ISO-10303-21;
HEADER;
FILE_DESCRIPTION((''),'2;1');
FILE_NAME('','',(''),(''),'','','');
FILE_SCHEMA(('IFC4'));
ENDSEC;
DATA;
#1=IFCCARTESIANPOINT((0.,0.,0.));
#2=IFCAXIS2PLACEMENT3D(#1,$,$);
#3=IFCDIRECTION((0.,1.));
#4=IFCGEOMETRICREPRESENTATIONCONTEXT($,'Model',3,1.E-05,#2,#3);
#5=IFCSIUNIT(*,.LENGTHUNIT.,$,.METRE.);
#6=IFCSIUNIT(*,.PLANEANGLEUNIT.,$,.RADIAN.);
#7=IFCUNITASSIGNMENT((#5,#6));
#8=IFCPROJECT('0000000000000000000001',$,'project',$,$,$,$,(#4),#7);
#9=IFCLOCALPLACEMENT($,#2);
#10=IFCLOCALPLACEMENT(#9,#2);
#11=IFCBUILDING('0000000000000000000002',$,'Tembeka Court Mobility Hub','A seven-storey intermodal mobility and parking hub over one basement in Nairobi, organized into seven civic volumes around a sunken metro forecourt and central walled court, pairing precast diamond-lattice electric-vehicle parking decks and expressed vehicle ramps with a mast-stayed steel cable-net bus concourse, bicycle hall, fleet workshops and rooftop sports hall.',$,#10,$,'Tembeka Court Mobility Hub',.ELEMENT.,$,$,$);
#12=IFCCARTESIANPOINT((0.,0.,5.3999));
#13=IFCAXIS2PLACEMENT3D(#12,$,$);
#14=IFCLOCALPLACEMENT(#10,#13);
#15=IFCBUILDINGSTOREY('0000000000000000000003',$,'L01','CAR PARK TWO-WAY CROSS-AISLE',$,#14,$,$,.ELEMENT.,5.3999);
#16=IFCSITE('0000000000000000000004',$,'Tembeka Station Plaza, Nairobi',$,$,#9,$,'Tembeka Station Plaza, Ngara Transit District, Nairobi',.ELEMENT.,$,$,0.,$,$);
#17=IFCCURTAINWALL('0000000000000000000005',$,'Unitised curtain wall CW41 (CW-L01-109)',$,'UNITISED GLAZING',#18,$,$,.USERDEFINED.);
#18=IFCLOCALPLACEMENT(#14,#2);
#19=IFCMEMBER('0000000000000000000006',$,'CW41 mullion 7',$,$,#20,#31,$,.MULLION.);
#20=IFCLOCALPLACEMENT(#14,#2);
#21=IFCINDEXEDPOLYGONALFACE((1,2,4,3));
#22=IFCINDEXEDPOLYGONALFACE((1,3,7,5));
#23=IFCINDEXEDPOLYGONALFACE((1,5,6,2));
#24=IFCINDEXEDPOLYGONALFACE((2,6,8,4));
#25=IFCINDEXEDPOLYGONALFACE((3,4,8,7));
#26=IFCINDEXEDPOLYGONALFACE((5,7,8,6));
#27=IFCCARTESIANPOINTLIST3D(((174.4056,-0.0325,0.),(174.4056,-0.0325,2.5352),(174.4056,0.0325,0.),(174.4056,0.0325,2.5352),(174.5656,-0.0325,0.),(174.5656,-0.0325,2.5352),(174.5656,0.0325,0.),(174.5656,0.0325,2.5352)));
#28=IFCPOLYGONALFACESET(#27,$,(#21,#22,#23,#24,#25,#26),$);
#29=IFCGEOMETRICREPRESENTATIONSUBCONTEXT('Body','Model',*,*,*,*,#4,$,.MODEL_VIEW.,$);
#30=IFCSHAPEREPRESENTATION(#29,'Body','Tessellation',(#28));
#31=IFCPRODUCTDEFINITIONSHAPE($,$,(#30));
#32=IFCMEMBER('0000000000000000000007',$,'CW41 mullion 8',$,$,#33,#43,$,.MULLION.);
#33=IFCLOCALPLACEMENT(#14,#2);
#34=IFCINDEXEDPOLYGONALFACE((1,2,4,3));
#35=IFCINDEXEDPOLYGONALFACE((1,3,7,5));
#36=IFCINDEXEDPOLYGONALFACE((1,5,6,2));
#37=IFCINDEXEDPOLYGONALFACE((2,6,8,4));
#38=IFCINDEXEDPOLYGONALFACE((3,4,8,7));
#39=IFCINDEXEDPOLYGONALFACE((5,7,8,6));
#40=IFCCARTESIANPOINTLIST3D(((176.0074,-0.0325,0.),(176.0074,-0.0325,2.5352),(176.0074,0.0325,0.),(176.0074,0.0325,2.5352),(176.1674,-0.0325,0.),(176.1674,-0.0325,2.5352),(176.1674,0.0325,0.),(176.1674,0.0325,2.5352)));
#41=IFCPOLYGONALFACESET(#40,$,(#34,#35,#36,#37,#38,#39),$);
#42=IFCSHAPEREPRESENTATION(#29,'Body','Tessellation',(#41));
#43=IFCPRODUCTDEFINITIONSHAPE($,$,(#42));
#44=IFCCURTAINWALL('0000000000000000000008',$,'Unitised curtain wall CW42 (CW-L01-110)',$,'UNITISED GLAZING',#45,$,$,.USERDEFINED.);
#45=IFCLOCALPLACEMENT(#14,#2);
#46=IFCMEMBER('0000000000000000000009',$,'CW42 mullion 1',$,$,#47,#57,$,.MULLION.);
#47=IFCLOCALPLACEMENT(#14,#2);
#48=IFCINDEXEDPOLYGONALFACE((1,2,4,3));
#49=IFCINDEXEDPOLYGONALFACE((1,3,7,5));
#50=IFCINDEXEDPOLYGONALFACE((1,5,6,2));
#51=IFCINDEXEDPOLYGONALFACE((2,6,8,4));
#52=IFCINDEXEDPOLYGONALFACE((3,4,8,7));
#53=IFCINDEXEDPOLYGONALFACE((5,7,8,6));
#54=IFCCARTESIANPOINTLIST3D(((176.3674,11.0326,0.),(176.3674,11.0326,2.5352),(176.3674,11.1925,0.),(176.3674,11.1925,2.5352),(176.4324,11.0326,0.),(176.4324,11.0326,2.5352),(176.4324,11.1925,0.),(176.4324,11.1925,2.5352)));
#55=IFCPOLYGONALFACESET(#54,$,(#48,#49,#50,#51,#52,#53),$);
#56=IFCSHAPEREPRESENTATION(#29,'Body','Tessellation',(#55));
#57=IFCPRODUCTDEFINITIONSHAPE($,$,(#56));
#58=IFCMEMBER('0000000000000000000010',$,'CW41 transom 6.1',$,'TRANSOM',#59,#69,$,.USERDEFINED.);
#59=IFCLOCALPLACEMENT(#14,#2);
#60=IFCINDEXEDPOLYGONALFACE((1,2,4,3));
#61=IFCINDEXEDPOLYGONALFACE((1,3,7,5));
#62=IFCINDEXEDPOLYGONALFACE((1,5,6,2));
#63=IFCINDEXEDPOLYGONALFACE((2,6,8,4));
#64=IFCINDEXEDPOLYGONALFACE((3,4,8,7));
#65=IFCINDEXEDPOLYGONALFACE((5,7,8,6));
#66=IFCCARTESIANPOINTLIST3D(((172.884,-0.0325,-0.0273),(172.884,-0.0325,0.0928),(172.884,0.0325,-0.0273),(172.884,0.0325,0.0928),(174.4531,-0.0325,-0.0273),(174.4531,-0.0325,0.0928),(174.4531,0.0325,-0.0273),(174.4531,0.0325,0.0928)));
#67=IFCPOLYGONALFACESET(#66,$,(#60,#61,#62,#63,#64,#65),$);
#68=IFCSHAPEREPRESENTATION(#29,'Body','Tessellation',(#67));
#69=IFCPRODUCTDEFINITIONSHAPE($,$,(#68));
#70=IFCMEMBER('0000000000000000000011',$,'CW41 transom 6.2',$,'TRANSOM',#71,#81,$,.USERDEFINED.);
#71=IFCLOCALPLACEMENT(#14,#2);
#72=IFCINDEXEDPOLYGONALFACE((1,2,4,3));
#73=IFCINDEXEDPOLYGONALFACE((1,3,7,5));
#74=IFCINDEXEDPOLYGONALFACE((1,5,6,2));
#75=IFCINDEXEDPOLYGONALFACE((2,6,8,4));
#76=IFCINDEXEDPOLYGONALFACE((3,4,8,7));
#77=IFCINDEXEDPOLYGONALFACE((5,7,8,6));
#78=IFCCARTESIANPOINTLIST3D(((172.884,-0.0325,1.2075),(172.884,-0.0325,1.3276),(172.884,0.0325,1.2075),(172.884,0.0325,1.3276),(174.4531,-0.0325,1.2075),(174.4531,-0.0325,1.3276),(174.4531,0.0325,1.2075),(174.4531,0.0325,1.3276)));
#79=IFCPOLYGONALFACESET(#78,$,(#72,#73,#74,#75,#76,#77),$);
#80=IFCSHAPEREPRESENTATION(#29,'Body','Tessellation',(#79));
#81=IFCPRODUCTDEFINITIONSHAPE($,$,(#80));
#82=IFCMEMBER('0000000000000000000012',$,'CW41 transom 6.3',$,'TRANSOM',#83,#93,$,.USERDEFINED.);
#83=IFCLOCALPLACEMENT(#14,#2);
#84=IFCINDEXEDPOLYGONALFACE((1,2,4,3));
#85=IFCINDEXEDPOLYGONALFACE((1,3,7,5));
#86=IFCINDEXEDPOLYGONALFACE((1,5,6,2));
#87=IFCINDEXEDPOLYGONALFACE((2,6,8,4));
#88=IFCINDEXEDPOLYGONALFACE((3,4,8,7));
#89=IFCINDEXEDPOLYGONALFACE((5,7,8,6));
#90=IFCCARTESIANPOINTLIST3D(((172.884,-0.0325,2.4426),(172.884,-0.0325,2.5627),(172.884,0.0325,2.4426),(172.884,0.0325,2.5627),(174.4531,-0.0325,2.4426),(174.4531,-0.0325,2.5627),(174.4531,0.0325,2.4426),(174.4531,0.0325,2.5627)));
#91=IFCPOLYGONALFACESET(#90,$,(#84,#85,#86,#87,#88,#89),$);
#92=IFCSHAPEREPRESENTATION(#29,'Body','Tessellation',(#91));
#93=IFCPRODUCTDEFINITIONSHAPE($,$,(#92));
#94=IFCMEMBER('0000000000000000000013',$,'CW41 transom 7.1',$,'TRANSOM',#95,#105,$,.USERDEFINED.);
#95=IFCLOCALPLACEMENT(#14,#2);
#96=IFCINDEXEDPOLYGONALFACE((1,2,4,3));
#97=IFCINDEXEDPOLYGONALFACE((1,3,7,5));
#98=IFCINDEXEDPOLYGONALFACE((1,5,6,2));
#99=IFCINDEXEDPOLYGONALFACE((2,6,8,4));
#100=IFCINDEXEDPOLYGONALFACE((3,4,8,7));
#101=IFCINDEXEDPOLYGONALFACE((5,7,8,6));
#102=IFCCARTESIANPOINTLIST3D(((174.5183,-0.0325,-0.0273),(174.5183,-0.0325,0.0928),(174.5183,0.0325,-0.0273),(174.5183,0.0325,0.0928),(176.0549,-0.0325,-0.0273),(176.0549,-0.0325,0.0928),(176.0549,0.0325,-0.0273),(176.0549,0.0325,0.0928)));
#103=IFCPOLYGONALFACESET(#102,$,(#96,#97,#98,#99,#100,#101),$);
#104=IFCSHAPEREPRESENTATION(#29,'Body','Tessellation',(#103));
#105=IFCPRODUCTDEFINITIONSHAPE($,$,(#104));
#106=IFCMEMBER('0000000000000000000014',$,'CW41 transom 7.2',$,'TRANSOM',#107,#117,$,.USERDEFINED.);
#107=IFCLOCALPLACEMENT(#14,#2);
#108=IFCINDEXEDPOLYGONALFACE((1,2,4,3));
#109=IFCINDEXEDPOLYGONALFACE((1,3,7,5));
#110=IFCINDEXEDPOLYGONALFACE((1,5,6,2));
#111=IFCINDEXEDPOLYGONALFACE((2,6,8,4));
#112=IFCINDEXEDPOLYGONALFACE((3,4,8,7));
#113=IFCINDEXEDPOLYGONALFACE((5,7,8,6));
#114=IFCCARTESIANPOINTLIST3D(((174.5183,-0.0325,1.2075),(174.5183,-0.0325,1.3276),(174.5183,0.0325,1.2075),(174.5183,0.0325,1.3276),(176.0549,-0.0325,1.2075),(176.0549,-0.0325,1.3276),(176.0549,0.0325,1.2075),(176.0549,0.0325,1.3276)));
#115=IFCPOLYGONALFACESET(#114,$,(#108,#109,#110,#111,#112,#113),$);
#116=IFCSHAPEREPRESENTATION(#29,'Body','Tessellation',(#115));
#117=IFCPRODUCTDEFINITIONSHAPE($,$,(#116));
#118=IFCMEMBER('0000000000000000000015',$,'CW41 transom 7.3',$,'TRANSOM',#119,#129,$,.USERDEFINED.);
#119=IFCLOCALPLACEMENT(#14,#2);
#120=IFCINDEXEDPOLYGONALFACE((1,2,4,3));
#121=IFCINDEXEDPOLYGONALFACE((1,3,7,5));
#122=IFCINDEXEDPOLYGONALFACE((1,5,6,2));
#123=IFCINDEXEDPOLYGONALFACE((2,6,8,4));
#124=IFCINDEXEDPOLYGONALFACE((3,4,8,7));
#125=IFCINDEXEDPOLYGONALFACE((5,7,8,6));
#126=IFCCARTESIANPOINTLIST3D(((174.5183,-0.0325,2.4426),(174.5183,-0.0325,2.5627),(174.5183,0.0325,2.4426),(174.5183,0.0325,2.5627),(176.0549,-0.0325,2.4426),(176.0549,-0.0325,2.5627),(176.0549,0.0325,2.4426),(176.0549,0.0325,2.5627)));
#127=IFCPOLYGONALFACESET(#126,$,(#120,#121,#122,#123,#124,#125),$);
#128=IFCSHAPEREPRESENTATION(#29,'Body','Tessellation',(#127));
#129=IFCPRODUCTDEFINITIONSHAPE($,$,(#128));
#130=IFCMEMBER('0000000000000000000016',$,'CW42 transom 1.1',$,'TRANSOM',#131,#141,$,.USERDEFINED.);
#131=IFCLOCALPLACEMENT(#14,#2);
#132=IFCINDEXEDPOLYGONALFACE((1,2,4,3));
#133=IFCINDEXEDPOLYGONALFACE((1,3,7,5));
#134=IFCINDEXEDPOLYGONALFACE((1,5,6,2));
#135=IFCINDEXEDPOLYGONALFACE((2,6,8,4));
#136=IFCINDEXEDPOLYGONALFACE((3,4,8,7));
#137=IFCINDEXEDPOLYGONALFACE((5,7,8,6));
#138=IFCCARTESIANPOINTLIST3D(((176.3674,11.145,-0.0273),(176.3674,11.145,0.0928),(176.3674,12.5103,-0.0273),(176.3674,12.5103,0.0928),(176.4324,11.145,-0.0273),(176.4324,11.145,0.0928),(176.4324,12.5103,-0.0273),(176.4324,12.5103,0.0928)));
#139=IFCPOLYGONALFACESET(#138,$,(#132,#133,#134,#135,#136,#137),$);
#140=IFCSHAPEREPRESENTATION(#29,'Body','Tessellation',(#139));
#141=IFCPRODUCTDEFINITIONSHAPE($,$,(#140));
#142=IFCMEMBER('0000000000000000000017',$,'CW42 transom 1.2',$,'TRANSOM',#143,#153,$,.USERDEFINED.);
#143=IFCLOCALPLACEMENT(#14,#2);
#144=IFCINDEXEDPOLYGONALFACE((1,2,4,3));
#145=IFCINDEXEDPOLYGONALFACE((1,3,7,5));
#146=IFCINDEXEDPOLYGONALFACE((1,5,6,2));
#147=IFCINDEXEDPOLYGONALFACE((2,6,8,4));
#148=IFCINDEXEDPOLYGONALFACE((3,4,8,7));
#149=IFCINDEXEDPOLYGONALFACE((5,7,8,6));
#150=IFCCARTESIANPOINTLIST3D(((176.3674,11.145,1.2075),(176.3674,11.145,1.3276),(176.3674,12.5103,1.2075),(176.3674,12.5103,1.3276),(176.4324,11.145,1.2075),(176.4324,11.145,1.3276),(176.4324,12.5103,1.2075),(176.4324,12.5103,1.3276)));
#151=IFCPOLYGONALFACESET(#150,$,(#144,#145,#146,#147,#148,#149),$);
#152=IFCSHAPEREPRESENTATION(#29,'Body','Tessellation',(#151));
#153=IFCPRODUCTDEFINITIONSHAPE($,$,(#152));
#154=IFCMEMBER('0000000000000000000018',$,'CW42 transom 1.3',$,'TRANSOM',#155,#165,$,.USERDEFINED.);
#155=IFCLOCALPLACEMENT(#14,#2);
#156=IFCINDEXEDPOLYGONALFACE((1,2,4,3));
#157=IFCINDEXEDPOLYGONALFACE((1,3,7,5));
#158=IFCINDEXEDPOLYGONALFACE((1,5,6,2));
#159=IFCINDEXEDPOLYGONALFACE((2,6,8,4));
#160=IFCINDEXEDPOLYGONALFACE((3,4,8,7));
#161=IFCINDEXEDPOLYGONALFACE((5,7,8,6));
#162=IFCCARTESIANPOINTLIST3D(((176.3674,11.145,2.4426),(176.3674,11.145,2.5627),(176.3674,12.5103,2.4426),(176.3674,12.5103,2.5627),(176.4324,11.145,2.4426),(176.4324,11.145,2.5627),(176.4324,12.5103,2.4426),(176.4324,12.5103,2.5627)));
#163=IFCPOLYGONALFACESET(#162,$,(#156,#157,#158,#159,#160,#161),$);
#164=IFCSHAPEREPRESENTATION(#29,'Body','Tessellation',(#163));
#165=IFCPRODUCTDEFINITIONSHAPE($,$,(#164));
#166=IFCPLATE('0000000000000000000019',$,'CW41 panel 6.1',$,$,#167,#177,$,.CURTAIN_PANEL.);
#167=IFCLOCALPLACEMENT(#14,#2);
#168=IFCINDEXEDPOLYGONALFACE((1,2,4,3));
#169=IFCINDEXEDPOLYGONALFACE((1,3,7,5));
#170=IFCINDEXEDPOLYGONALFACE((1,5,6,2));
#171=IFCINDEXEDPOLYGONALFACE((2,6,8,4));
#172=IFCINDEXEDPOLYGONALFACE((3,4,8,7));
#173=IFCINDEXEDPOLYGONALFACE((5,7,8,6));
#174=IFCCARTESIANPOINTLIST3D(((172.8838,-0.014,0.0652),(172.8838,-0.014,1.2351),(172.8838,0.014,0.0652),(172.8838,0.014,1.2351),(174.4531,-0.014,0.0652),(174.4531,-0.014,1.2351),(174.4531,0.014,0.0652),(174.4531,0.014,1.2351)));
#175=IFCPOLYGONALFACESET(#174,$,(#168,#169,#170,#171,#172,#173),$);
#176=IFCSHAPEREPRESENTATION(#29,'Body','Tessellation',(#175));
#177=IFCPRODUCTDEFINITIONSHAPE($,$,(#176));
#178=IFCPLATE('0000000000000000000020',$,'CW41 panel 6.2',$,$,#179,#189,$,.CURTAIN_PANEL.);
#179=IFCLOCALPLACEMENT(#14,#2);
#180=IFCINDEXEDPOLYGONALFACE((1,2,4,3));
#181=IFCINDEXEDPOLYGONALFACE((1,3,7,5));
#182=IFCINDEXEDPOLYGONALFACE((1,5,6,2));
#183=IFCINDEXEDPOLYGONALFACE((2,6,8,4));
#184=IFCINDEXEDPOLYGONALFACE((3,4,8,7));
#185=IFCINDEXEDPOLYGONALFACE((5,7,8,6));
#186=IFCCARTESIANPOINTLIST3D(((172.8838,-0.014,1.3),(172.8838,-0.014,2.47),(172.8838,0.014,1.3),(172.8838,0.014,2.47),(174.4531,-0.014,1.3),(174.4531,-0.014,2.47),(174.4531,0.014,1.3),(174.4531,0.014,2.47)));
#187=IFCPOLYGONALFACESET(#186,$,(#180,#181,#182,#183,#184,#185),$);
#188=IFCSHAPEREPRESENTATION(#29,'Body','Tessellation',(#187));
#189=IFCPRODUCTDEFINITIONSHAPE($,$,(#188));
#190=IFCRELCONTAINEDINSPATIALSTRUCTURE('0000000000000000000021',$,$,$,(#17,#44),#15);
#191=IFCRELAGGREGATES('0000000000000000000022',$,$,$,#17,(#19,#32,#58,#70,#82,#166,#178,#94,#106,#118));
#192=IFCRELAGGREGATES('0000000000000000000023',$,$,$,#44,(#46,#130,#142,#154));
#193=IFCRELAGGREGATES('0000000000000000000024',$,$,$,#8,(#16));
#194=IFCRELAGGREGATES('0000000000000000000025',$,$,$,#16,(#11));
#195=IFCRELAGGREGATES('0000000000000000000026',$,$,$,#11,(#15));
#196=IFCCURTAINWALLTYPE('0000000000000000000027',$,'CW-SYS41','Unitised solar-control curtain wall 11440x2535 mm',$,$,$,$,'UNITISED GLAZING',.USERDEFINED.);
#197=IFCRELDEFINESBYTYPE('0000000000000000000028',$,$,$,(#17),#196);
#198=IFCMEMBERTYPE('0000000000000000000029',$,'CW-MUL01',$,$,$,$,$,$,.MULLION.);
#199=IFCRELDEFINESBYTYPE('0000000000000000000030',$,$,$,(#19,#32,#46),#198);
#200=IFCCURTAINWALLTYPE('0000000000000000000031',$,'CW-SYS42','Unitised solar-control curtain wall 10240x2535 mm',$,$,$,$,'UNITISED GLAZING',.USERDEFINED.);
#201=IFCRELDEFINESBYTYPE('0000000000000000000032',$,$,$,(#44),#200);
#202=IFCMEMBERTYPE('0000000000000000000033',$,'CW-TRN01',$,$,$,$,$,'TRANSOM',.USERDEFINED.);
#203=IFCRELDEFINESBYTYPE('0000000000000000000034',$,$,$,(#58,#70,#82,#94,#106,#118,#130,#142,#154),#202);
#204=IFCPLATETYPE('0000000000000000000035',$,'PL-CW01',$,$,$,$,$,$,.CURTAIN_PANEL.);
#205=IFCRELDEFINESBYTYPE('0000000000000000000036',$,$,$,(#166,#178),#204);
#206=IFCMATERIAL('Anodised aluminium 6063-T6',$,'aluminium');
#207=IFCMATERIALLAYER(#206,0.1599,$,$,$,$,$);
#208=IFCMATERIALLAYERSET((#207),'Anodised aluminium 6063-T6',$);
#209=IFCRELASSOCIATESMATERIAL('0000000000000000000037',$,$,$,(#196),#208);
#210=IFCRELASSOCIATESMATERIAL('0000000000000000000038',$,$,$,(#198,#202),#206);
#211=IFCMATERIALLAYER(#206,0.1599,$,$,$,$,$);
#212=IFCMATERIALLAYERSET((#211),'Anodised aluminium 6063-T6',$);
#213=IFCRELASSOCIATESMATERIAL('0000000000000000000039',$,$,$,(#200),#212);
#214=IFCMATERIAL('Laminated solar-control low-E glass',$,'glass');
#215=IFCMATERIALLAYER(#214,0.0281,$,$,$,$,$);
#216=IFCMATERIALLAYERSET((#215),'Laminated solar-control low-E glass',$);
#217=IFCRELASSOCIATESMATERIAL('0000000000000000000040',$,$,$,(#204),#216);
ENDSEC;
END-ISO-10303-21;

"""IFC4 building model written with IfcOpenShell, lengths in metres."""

from ifc_helpers import new_model, si_unit, direction, frame, origin, origin_2d, place, context, subcontext, project, spatial, rectangle, extrude, material, layer, layer_set, material_profile, profile_set, type_object, element, aggregate, save


model = new_model("IFC4")

# Units and contexts
model_context = context("Model", 3, precision=1e-05, world=origin(), true_north=direction((0.0, 1.0)))
body_context = subcontext(model_context, "Body", "Model", "MODEL_VIEW")
ifc_project = project(units=[si_unit("LENGTHUNIT", "METRE"), si_unit("PLANEANGLEUNIT", "RADIAN")], contexts=[model_context])

# Site, building, storey
site_placement = place(None, origin())
site = spatial("IfcSite", under=ifc_project, at=site_placement, Name="Tembeka Station Plaza, Nairobi", LongName="Tembeka Station Plaza, Ngara Transit District, Nairobi", CompositionType="ELEMENT", RefElevation=0.0)
building_placement = place(site_placement, origin())
building = spatial("IfcBuilding", under=site, at=building_placement, Name="Tembeka Court Mobility Hub", Description="A seven-storey intermodal mobility and parking hub over one basement in Nairobi, organized into seven civic volumes around a sunken metro forecourt and central walled court, pairing precast diamond-lattice electric-vehicle parking decks and expressed vehicle ramps with a mast-stayed steel cable-net bus concourse, bicycle hall, fleet workshops and rooftop sports hall.", LongName="Tembeka Court Mobility Hub", CompositionType="ELEMENT")
storey_placement = place(building_placement, frame((0.0, 0.0, 5.3999)))
storey = spatial("IfcBuildingStorey", under=building, at=storey_placement, Name="L01", Description="CAR PARK TWO-WAY CROSS-AISLE", CompositionType="ELEMENT", Elevation=5.3999)

# Curtain wall, members
ifc_material_1 = material(Name="Anodised aluminium 6063-T6", Category="aluminium")
ifc_layer_1 = layer(ifc_material_1, 0.1599)
ifc_layer_set_1 = layer_set([ifc_layer_1], Name="Anodised aluminium 6063-T6")
curtain_wall_type_1 = type_object("IfcCurtainWallType", Name="CW-SYS41", Description="Unitised solar-control curtain wall 11440x2535 mm", ElementType="UNITISED GLAZING", PredefinedType="USERDEFINED", material=ifc_layer_set_1)
curtain_wall_1_placement = place(storey_placement, origin())
curtain_wall_1 = element("IfcCurtainWall", 1, at=curtain_wall_1_placement, inside=storey, type_object=curtain_wall_type_1, Name="Unitised curtain wall CW41 (CW-L01-109)", ObjectType="UNITISED GLAZING", PredefinedType="USERDEFINED")
ifc_material_profile_1 = material_profile(ifc_material_1, rectangle(XDim=0.0649, YDim=0.1599, at=origin_2d()), Name="ALU-MUL 65x160")
ifc_profile_set_1 = profile_set([ifc_material_profile_1], Name="Anodised aluminium 6063-T6")
member_type_1 = type_object("IfcMemberType", Name="CW-MUL01", PredefinedType="MULLION", material=ifc_profile_set_1)
member_1_placement = place(storey_placement, frame((174.4856, 0.0, 0.0), z_axis=(0.0, 0.0, 1.0), x_axis=(0.0, 1.0, 0.0)))
member_1 = element("IfcMember", 2, at=member_1_placement, type_object=member_type_1, Name="CW41 mullion 7", PredefinedType="MULLION", context=body_context, shape_type="SweptSolid", body=[
    extrude(rectangle(XDim=0.0649, YDim=0.1599, at=origin_2d()), origin(), (0.0, 0.0, 1.0), 2.5352),
])
member_2_placement = place(storey_placement, frame((176.0874, 0.0, 0.0), z_axis=(0.0, 0.0, 1.0), x_axis=(0.0, 1.0, 0.0)))
member_2 = element("IfcMember", 3, at=member_2_placement, type_object=member_type_1, Name="CW41 mullion 8", PredefinedType="MULLION", context=body_context, shape_type="SweptSolid", body=[
    extrude(rectangle(XDim=0.0649, YDim=0.1599, at=origin_2d()), origin(), (0.0, 0.0, 1.0), 2.5352),
])

# Curtain wall, member
ifc_layer_2 = layer(ifc_material_1, 0.1599)
ifc_layer_set_2 = layer_set([ifc_layer_2], Name="Anodised aluminium 6063-T6")
curtain_wall_type_2 = type_object("IfcCurtainWallType", Name="CW-SYS42", Description="Unitised solar-control curtain wall 10240x2535 mm", ElementType="UNITISED GLAZING", PredefinedType="USERDEFINED", material=ifc_layer_set_2)
curtain_wall_2_placement = place(storey_placement, origin())
curtain_wall_2 = element("IfcCurtainWall", 4, at=curtain_wall_2_placement, inside=storey, type_object=curtain_wall_type_2, Name="Unitised curtain wall CW42 (CW-L01-110)", ObjectType="UNITISED GLAZING", PredefinedType="USERDEFINED")
member_3_placement = place(storey_placement, frame((176.3999, 11.1125, 0.0), z_axis=(0.0, 0.0, 1.0), x_axis=(-1.0, 0.0, 0.0)))
member_3 = element("IfcMember", 5, at=member_3_placement, type_object=member_type_1, Name="CW42 mullion 1", PredefinedType="MULLION", context=body_context, shape_type="SweptSolid", body=[
    extrude(rectangle(XDim=0.0649, YDim=0.1599, at=origin_2d()), origin(), (0.0, 0.0, 1.0), 2.5352),
])

# Members
ifc_material_profile_2 = material_profile(ifc_material_1, rectangle(XDim=0.0649, YDim=0.1201, at=origin_2d()), Name="ALU-TRN 65x120")
ifc_profile_set_2 = profile_set([ifc_material_profile_2], Name="Anodised aluminium 6063-T6")
member_type_2 = type_object("IfcMemberType", Name="CW-TRN01", ElementType="TRANSOM", PredefinedType="USERDEFINED", material=ifc_profile_set_2)
member_4_placement = place(storey_placement, frame((172.884, 0.0, 0.0327), z_axis=(1.0, 0.0, 0.0), x_axis=(0.0, 1.0, 0.0)))
member_4 = element("IfcMember", 6, at=member_4_placement, type_object=member_type_2, Name="CW41 transom 6.1", ObjectType="TRANSOM", PredefinedType="USERDEFINED", context=body_context, shape_type="SweptSolid", body=[
    extrude(rectangle(XDim=0.0649, YDim=0.1201, at=origin_2d()), origin(), (0.0, 0.0, 1.0), 1.5691),
])
member_5_placement = place(storey_placement, frame((172.884, 0.0, 1.2676), z_axis=(1.0, 0.0, 0.0), x_axis=(0.0, 1.0, 0.0)))
member_5 = element("IfcMember", 7, at=member_5_placement, type_object=member_type_2, Name="CW41 transom 6.2", ObjectType="TRANSOM", PredefinedType="USERDEFINED", context=body_context, shape_type="SweptSolid", body=[
    extrude(rectangle(XDim=0.0649, YDim=0.1201, at=origin_2d()), origin(), (0.0, 0.0, 1.0), 1.5691),
])
member_6_placement = place(storey_placement, frame((172.884, 0.0, 2.5027), z_axis=(1.0, 0.0, 0.0), x_axis=(0.0, 1.0, 0.0)))
member_6 = element("IfcMember", 8, at=member_6_placement, type_object=member_type_2, Name="CW41 transom 6.3", ObjectType="TRANSOM", PredefinedType="USERDEFINED", context=body_context, shape_type="SweptSolid", body=[
    extrude(rectangle(XDim=0.0649, YDim=0.1201, at=origin_2d()), origin(), (0.0, 0.0, 1.0), 1.5691),
])
member_7_placement = place(storey_placement, frame((174.5183, 0.0, 0.0327), z_axis=(1.0, 0.0, 0.0), x_axis=(0.0, 1.0, 0.0)))
member_7 = element("IfcMember", 9, at=member_7_placement, type_object=member_type_2, Name="CW41 transom 7.1", ObjectType="TRANSOM", PredefinedType="USERDEFINED", context=body_context, shape_type="SweptSolid", body=[
    extrude(rectangle(XDim=0.0649, YDim=0.1201, at=origin_2d()), origin(), (0.0, 0.0, 1.0), 1.5366),
])
member_8_placement = place(storey_placement, frame((174.5183, 0.0, 1.2676), z_axis=(1.0, 0.0, 0.0), x_axis=(0.0, 1.0, 0.0)))
member_8 = element("IfcMember", 10, at=member_8_placement, type_object=member_type_2, Name="CW41 transom 7.2", ObjectType="TRANSOM", PredefinedType="USERDEFINED", context=body_context, shape_type="SweptSolid", body=[
    extrude(rectangle(XDim=0.0649, YDim=0.1201, at=origin_2d()), origin(), (0.0, 0.0, 1.0), 1.5366),
])
member_9_placement = place(storey_placement, frame((174.5183, 0.0, 2.5027), z_axis=(1.0, 0.0, 0.0), x_axis=(0.0, 1.0, 0.0)))
member_9 = element("IfcMember", 11, at=member_9_placement, type_object=member_type_2, Name="CW41 transom 7.3", ObjectType="TRANSOM", PredefinedType="USERDEFINED", context=body_context, shape_type="SweptSolid", body=[
    extrude(rectangle(XDim=0.0649, YDim=0.1201, at=origin_2d()), origin(), (0.0, 0.0, 1.0), 1.5366),
])
member_10_placement = place(storey_placement, frame((176.3999, 11.145, 0.0327), z_axis=(0.0, 1.0, 0.0), x_axis=(-1.0, 0.0, 0.0)))
member_10 = element("IfcMember", 12, at=member_10_placement, type_object=member_type_2, Name="CW42 transom 1.1", ObjectType="TRANSOM", PredefinedType="USERDEFINED", context=body_context, shape_type="SweptSolid", body=[
    extrude(rectangle(XDim=0.0649, YDim=0.1201, at=origin_2d()), origin(), (0.0, 0.0, 1.0), 1.3652),
])
member_11_placement = place(storey_placement, frame((176.3999, 11.145, 1.2676), z_axis=(0.0, 1.0, 0.0), x_axis=(-1.0, 0.0, 0.0)))
member_11 = element("IfcMember", 13, at=member_11_placement, type_object=member_type_2, Name="CW42 transom 1.2", ObjectType="TRANSOM", PredefinedType="USERDEFINED", context=body_context, shape_type="SweptSolid", body=[
    extrude(rectangle(XDim=0.0649, YDim=0.1201, at=origin_2d()), origin(), (0.0, 0.0, 1.0), 1.3652),
])
member_12_placement = place(storey_placement, frame((176.3999, 11.145, 2.5027), z_axis=(0.0, 1.0, 0.0), x_axis=(-1.0, 0.0, 0.0)))
member_12 = element("IfcMember", 14, at=member_12_placement, type_object=member_type_2, Name="CW42 transom 1.3", ObjectType="TRANSOM", PredefinedType="USERDEFINED", context=body_context, shape_type="SweptSolid", body=[
    extrude(rectangle(XDim=0.0649, YDim=0.1201, at=origin_2d()), origin(), (0.0, 0.0, 1.0), 1.3652),
])

# Plates
ifc_material_2 = material(Name="Laminated solar-control low-E glass", Category="glass")
ifc_layer_3 = layer(ifc_material_2, 0.0281)
ifc_layer_set_3 = layer_set([ifc_layer_3], Name="Laminated solar-control low-E glass")
plate_type = type_object("IfcPlateType", Name="PL-CW01", PredefinedType="CURTAIN_PANEL", material=ifc_layer_set_3)
plate_1_placement = place(storey_placement, frame((173.6685, 0.0, 0.0652), z_axis=(0.0, 0.0, 1.0), x_axis=(1.0, 0.0, 0.0)))
plate_1 = element("IfcPlate", 15, at=plate_1_placement, type_object=plate_type, Name="CW41 panel 6.1", PredefinedType="CURTAIN_PANEL", context=body_context, shape_type="SweptSolid", body=[
    extrude(rectangle(XDim=1.5693, YDim=0.0281, at=origin_2d()), origin(), (0.0, 0.0, 1.0), 1.1699),
])
plate_2_placement = place(storey_placement, frame((173.6685, 0.0, 1.3), z_axis=(0.0, 0.0, 1.0), x_axis=(1.0, 0.0, 0.0)))
plate_2 = element("IfcPlate", 16, at=plate_2_placement, type_object=plate_type, Name="CW41 panel 6.2", PredefinedType="CURTAIN_PANEL", context=body_context, shape_type="SweptSolid", body=[
    extrude(rectangle(XDim=1.5693, YDim=0.0281, at=origin_2d()), origin(), (0.0, 0.0, 1.0), 1.1699),
])
aggregate(curtain_wall_1, [member_1, member_2, member_4, member_5, member_6, plate_1, plate_2, member_7, member_8, member_9])
aggregate(curtain_wall_2, [member_3, member_10, member_11, member_12])

save(model, "model.ifc")
